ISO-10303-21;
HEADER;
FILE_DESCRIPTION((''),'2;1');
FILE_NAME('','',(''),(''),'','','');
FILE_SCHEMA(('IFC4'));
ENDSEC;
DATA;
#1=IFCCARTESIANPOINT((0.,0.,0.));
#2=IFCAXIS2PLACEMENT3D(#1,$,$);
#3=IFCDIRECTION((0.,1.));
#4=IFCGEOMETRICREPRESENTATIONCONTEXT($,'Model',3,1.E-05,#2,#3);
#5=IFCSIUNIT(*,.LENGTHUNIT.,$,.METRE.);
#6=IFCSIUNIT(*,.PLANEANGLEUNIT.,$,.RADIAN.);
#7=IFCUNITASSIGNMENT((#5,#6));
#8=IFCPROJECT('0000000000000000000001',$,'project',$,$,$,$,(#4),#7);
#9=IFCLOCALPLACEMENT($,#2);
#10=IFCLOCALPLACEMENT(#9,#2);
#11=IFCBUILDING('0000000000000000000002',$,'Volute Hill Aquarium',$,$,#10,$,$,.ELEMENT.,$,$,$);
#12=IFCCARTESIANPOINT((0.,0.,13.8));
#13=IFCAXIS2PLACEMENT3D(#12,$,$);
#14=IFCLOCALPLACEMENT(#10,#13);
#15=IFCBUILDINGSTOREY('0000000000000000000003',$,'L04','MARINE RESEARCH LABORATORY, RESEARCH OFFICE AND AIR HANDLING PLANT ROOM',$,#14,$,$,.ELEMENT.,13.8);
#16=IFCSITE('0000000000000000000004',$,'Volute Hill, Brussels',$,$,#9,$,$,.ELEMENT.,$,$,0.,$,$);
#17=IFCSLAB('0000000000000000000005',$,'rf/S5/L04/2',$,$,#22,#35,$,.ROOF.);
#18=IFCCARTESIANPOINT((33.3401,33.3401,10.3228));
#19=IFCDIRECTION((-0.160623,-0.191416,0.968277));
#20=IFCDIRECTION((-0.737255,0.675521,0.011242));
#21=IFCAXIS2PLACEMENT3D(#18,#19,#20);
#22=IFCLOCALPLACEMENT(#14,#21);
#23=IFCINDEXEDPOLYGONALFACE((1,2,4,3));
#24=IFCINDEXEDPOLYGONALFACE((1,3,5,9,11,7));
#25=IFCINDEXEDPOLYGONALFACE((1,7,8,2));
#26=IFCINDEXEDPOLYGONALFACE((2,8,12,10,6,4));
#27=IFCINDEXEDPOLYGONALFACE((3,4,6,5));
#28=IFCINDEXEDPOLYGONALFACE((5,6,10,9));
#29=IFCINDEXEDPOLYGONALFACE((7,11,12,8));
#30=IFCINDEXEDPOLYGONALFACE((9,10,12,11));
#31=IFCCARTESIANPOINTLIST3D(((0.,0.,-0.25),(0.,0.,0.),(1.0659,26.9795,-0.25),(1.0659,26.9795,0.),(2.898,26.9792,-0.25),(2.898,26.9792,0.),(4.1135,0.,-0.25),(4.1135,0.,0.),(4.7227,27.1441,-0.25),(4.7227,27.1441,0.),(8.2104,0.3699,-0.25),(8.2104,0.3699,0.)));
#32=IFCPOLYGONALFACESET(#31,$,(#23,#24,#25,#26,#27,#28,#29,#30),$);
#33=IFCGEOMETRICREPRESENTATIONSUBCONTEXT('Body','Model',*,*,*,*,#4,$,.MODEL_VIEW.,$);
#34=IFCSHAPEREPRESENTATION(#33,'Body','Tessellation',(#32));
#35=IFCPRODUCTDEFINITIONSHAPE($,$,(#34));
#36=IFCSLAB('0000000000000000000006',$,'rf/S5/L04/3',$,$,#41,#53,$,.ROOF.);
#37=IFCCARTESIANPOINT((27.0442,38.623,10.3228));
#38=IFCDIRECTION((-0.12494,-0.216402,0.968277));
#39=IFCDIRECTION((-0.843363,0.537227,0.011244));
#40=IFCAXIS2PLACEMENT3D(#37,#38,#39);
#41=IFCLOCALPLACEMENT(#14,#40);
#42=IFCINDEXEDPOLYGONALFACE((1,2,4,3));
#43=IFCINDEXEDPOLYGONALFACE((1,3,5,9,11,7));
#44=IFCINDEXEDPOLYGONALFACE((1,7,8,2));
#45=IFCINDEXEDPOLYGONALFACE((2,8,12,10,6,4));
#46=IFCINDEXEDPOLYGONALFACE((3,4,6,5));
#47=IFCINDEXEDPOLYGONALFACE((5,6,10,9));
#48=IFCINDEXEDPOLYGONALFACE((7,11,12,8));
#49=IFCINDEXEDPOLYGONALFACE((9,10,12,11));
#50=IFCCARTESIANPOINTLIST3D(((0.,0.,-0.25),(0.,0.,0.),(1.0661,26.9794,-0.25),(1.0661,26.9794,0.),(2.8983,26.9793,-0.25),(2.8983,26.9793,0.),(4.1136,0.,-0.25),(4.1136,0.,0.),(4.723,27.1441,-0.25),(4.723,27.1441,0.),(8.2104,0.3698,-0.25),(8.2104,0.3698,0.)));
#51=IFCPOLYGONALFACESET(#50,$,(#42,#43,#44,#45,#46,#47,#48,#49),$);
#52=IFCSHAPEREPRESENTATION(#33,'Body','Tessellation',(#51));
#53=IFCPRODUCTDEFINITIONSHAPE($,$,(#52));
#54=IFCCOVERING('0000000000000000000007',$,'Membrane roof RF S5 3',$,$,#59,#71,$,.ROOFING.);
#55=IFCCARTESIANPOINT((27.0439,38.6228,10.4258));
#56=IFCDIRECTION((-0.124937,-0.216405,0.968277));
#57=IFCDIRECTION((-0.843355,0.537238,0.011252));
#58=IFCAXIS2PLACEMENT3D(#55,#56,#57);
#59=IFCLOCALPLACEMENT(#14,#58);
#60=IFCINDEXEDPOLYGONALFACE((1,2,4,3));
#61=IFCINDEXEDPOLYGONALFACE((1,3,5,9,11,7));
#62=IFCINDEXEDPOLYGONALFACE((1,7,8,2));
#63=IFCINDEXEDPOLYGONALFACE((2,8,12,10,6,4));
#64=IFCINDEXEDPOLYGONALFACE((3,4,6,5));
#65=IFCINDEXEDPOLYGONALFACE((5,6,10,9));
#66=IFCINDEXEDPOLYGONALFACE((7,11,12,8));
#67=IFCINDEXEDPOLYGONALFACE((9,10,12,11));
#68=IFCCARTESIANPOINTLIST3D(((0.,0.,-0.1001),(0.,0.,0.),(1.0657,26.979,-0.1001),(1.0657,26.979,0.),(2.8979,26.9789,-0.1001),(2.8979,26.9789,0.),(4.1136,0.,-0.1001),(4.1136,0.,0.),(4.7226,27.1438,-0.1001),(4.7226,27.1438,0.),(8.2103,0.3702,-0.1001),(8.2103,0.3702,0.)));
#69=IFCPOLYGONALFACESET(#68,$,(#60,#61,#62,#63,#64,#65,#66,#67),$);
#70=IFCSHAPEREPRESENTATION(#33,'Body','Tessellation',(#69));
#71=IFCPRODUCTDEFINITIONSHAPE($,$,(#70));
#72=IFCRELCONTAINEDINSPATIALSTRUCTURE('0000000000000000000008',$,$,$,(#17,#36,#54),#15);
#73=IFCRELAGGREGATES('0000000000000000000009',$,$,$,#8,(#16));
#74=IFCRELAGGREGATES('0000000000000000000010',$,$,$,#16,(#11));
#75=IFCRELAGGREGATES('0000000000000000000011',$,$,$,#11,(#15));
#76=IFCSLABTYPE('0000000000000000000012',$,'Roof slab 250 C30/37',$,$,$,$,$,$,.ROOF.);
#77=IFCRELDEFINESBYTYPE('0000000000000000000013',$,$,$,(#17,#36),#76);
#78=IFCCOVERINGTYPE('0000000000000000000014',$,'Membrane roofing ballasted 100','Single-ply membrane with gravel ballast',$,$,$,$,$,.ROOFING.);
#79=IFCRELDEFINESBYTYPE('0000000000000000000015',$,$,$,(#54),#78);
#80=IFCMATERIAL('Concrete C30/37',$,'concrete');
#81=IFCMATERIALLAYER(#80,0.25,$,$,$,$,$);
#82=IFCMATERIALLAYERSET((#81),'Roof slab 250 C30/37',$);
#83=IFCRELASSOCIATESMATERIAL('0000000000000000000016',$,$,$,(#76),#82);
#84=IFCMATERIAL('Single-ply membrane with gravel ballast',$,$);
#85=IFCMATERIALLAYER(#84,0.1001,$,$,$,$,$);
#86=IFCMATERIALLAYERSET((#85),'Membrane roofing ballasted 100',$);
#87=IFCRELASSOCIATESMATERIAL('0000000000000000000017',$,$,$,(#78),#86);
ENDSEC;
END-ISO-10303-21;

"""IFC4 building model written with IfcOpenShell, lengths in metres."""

from ifc_helpers import new_model, si_unit, direction, frame, origin, place, context, subcontext, project, spatial, polyline, outline, extrude, material, layer, layer_set, type_object, element, save


model = new_model("IFC4")

# Units and contexts
model_context = context("Model", 3, precision=1e-05, world=origin(), true_north=direction((0.0, 1.0)))
body_context = subcontext(model_context, "Body", "Model", "MODEL_VIEW")
ifc_project = project(units=[si_unit("LENGTHUNIT", "METRE"), si_unit("PLANEANGLEUNIT", "RADIAN")], contexts=[model_context])

# Site, building, storey
site_placement = place(None, origin())
site = spatial("IfcSite", under=ifc_project, at=site_placement, Name="Volute Hill, Brussels", CompositionType="ELEMENT", RefElevation=0.0)
building_placement = place(site_placement, origin())
building = spatial("IfcBuilding", under=site, at=building_placement, Name="Volute Hill Aquarium", CompositionType="ELEMENT")
storey_placement = place(building_placement, frame((0.0, 0.0, 13.8)))
storey = spatial("IfcBuildingStorey", under=building, at=storey_placement, Name="L04", Description="MARINE RESEARCH LABORATORY, RESEARCH OFFICE AND AIR HANDLING PLANT ROOM", CompositionType="ELEMENT", Elevation=13.8)

# Slabs
ifc_material_1 = material(Name="Concrete C30/37", Category="concrete")
ifc_layer_1 = layer(ifc_material_1, 0.25)
ifc_layer_set_1 = layer_set([ifc_layer_1], Name="Roof slab 250 C30/37")
slab_type = type_object("IfcSlabType", Name="Roof slab 250 C30/37", PredefinedType="ROOF", material=ifc_layer_set_1)
slab_1_placement = place(storey_placement, frame((33.3401, 33.3401, 10.3228), z_axis=(-0.160623, -0.191416, 0.968277), x_axis=(-0.737255, 0.675521, 0.011242)))
element("IfcSlab", 1, at=slab_1_placement, inside=storey, type_object=slab_type, Name="rf/S5/L04/2", PredefinedType="ROOF", context=body_context, shape_type="SweptSolid", body=[
    extrude(outline(polyline([(0.0, 0.0), (4.1135, 0.0), (8.2104, 0.3699), (4.7227, 27.1441), (2.898, 26.9792), (1.0659, 26.9795), (0.0, 0.0)])), origin(), (0.0, 0.0, -1.0), 0.25),
])
slab_2_placement = place(storey_placement, frame((27.0442, 38.623, 10.3228), z_axis=(-0.12494, -0.216402, 0.968277), x_axis=(-0.843363, 0.537227, 0.011244)))
element("IfcSlab", 2, at=slab_2_placement, inside=storey, type_object=slab_type, Name="rf/S5/L04/3", PredefinedType="ROOF", context=body_context, shape_type="SweptSolid", body=[
    extrude(outline(polyline([(0.0, 0.0), (4.1136, 0.0), (8.2104, 0.3698), (4.723, 27.1441), (2.8983, 26.9793), (1.0661, 26.9794), (0.0, 0.0)])), origin(), (0.0, 0.0, -1.0), 0.25),
])

# Covering
ifc_material_2 = material(Name="Single-ply membrane with gravel ballast")
ifc_layer_2 = layer(ifc_material_2, 0.1001)
ifc_layer_set_2 = layer_set([ifc_layer_2], Name="Membrane roofing ballasted 100")
covering_type_1 = type_object("IfcCoveringType", Name="Membrane roofing ballasted 100", Description="Single-ply membrane with gravel ballast", PredefinedType="ROOFING", material=ifc_layer_set_2)
covering_1_placement = place(storey_placement, frame((27.0439, 38.6228, 10.4258), z_axis=(-0.124937, -0.216405, 0.968277), x_axis=(-0.843355, 0.537238, 0.011252)))
element("IfcCovering", 3, at=covering_1_placement, inside=storey, type_object=covering_type_1, Name="Membrane roof RF S5 3", PredefinedType="ROOFING", context=body_context, shape_type="SweptSolid", body=[
    extrude(outline(polyline([(0.0, 0.0), (4.1136, 0.0), (8.2103, 0.3702), (4.7226, 27.1438), (2.8979, 26.9789), (1.0657, 26.979), (0.0, 0.0)])), origin(), (0.0, 0.0, -1.0), 0.1001),
])

save(model, "model.ifc")
